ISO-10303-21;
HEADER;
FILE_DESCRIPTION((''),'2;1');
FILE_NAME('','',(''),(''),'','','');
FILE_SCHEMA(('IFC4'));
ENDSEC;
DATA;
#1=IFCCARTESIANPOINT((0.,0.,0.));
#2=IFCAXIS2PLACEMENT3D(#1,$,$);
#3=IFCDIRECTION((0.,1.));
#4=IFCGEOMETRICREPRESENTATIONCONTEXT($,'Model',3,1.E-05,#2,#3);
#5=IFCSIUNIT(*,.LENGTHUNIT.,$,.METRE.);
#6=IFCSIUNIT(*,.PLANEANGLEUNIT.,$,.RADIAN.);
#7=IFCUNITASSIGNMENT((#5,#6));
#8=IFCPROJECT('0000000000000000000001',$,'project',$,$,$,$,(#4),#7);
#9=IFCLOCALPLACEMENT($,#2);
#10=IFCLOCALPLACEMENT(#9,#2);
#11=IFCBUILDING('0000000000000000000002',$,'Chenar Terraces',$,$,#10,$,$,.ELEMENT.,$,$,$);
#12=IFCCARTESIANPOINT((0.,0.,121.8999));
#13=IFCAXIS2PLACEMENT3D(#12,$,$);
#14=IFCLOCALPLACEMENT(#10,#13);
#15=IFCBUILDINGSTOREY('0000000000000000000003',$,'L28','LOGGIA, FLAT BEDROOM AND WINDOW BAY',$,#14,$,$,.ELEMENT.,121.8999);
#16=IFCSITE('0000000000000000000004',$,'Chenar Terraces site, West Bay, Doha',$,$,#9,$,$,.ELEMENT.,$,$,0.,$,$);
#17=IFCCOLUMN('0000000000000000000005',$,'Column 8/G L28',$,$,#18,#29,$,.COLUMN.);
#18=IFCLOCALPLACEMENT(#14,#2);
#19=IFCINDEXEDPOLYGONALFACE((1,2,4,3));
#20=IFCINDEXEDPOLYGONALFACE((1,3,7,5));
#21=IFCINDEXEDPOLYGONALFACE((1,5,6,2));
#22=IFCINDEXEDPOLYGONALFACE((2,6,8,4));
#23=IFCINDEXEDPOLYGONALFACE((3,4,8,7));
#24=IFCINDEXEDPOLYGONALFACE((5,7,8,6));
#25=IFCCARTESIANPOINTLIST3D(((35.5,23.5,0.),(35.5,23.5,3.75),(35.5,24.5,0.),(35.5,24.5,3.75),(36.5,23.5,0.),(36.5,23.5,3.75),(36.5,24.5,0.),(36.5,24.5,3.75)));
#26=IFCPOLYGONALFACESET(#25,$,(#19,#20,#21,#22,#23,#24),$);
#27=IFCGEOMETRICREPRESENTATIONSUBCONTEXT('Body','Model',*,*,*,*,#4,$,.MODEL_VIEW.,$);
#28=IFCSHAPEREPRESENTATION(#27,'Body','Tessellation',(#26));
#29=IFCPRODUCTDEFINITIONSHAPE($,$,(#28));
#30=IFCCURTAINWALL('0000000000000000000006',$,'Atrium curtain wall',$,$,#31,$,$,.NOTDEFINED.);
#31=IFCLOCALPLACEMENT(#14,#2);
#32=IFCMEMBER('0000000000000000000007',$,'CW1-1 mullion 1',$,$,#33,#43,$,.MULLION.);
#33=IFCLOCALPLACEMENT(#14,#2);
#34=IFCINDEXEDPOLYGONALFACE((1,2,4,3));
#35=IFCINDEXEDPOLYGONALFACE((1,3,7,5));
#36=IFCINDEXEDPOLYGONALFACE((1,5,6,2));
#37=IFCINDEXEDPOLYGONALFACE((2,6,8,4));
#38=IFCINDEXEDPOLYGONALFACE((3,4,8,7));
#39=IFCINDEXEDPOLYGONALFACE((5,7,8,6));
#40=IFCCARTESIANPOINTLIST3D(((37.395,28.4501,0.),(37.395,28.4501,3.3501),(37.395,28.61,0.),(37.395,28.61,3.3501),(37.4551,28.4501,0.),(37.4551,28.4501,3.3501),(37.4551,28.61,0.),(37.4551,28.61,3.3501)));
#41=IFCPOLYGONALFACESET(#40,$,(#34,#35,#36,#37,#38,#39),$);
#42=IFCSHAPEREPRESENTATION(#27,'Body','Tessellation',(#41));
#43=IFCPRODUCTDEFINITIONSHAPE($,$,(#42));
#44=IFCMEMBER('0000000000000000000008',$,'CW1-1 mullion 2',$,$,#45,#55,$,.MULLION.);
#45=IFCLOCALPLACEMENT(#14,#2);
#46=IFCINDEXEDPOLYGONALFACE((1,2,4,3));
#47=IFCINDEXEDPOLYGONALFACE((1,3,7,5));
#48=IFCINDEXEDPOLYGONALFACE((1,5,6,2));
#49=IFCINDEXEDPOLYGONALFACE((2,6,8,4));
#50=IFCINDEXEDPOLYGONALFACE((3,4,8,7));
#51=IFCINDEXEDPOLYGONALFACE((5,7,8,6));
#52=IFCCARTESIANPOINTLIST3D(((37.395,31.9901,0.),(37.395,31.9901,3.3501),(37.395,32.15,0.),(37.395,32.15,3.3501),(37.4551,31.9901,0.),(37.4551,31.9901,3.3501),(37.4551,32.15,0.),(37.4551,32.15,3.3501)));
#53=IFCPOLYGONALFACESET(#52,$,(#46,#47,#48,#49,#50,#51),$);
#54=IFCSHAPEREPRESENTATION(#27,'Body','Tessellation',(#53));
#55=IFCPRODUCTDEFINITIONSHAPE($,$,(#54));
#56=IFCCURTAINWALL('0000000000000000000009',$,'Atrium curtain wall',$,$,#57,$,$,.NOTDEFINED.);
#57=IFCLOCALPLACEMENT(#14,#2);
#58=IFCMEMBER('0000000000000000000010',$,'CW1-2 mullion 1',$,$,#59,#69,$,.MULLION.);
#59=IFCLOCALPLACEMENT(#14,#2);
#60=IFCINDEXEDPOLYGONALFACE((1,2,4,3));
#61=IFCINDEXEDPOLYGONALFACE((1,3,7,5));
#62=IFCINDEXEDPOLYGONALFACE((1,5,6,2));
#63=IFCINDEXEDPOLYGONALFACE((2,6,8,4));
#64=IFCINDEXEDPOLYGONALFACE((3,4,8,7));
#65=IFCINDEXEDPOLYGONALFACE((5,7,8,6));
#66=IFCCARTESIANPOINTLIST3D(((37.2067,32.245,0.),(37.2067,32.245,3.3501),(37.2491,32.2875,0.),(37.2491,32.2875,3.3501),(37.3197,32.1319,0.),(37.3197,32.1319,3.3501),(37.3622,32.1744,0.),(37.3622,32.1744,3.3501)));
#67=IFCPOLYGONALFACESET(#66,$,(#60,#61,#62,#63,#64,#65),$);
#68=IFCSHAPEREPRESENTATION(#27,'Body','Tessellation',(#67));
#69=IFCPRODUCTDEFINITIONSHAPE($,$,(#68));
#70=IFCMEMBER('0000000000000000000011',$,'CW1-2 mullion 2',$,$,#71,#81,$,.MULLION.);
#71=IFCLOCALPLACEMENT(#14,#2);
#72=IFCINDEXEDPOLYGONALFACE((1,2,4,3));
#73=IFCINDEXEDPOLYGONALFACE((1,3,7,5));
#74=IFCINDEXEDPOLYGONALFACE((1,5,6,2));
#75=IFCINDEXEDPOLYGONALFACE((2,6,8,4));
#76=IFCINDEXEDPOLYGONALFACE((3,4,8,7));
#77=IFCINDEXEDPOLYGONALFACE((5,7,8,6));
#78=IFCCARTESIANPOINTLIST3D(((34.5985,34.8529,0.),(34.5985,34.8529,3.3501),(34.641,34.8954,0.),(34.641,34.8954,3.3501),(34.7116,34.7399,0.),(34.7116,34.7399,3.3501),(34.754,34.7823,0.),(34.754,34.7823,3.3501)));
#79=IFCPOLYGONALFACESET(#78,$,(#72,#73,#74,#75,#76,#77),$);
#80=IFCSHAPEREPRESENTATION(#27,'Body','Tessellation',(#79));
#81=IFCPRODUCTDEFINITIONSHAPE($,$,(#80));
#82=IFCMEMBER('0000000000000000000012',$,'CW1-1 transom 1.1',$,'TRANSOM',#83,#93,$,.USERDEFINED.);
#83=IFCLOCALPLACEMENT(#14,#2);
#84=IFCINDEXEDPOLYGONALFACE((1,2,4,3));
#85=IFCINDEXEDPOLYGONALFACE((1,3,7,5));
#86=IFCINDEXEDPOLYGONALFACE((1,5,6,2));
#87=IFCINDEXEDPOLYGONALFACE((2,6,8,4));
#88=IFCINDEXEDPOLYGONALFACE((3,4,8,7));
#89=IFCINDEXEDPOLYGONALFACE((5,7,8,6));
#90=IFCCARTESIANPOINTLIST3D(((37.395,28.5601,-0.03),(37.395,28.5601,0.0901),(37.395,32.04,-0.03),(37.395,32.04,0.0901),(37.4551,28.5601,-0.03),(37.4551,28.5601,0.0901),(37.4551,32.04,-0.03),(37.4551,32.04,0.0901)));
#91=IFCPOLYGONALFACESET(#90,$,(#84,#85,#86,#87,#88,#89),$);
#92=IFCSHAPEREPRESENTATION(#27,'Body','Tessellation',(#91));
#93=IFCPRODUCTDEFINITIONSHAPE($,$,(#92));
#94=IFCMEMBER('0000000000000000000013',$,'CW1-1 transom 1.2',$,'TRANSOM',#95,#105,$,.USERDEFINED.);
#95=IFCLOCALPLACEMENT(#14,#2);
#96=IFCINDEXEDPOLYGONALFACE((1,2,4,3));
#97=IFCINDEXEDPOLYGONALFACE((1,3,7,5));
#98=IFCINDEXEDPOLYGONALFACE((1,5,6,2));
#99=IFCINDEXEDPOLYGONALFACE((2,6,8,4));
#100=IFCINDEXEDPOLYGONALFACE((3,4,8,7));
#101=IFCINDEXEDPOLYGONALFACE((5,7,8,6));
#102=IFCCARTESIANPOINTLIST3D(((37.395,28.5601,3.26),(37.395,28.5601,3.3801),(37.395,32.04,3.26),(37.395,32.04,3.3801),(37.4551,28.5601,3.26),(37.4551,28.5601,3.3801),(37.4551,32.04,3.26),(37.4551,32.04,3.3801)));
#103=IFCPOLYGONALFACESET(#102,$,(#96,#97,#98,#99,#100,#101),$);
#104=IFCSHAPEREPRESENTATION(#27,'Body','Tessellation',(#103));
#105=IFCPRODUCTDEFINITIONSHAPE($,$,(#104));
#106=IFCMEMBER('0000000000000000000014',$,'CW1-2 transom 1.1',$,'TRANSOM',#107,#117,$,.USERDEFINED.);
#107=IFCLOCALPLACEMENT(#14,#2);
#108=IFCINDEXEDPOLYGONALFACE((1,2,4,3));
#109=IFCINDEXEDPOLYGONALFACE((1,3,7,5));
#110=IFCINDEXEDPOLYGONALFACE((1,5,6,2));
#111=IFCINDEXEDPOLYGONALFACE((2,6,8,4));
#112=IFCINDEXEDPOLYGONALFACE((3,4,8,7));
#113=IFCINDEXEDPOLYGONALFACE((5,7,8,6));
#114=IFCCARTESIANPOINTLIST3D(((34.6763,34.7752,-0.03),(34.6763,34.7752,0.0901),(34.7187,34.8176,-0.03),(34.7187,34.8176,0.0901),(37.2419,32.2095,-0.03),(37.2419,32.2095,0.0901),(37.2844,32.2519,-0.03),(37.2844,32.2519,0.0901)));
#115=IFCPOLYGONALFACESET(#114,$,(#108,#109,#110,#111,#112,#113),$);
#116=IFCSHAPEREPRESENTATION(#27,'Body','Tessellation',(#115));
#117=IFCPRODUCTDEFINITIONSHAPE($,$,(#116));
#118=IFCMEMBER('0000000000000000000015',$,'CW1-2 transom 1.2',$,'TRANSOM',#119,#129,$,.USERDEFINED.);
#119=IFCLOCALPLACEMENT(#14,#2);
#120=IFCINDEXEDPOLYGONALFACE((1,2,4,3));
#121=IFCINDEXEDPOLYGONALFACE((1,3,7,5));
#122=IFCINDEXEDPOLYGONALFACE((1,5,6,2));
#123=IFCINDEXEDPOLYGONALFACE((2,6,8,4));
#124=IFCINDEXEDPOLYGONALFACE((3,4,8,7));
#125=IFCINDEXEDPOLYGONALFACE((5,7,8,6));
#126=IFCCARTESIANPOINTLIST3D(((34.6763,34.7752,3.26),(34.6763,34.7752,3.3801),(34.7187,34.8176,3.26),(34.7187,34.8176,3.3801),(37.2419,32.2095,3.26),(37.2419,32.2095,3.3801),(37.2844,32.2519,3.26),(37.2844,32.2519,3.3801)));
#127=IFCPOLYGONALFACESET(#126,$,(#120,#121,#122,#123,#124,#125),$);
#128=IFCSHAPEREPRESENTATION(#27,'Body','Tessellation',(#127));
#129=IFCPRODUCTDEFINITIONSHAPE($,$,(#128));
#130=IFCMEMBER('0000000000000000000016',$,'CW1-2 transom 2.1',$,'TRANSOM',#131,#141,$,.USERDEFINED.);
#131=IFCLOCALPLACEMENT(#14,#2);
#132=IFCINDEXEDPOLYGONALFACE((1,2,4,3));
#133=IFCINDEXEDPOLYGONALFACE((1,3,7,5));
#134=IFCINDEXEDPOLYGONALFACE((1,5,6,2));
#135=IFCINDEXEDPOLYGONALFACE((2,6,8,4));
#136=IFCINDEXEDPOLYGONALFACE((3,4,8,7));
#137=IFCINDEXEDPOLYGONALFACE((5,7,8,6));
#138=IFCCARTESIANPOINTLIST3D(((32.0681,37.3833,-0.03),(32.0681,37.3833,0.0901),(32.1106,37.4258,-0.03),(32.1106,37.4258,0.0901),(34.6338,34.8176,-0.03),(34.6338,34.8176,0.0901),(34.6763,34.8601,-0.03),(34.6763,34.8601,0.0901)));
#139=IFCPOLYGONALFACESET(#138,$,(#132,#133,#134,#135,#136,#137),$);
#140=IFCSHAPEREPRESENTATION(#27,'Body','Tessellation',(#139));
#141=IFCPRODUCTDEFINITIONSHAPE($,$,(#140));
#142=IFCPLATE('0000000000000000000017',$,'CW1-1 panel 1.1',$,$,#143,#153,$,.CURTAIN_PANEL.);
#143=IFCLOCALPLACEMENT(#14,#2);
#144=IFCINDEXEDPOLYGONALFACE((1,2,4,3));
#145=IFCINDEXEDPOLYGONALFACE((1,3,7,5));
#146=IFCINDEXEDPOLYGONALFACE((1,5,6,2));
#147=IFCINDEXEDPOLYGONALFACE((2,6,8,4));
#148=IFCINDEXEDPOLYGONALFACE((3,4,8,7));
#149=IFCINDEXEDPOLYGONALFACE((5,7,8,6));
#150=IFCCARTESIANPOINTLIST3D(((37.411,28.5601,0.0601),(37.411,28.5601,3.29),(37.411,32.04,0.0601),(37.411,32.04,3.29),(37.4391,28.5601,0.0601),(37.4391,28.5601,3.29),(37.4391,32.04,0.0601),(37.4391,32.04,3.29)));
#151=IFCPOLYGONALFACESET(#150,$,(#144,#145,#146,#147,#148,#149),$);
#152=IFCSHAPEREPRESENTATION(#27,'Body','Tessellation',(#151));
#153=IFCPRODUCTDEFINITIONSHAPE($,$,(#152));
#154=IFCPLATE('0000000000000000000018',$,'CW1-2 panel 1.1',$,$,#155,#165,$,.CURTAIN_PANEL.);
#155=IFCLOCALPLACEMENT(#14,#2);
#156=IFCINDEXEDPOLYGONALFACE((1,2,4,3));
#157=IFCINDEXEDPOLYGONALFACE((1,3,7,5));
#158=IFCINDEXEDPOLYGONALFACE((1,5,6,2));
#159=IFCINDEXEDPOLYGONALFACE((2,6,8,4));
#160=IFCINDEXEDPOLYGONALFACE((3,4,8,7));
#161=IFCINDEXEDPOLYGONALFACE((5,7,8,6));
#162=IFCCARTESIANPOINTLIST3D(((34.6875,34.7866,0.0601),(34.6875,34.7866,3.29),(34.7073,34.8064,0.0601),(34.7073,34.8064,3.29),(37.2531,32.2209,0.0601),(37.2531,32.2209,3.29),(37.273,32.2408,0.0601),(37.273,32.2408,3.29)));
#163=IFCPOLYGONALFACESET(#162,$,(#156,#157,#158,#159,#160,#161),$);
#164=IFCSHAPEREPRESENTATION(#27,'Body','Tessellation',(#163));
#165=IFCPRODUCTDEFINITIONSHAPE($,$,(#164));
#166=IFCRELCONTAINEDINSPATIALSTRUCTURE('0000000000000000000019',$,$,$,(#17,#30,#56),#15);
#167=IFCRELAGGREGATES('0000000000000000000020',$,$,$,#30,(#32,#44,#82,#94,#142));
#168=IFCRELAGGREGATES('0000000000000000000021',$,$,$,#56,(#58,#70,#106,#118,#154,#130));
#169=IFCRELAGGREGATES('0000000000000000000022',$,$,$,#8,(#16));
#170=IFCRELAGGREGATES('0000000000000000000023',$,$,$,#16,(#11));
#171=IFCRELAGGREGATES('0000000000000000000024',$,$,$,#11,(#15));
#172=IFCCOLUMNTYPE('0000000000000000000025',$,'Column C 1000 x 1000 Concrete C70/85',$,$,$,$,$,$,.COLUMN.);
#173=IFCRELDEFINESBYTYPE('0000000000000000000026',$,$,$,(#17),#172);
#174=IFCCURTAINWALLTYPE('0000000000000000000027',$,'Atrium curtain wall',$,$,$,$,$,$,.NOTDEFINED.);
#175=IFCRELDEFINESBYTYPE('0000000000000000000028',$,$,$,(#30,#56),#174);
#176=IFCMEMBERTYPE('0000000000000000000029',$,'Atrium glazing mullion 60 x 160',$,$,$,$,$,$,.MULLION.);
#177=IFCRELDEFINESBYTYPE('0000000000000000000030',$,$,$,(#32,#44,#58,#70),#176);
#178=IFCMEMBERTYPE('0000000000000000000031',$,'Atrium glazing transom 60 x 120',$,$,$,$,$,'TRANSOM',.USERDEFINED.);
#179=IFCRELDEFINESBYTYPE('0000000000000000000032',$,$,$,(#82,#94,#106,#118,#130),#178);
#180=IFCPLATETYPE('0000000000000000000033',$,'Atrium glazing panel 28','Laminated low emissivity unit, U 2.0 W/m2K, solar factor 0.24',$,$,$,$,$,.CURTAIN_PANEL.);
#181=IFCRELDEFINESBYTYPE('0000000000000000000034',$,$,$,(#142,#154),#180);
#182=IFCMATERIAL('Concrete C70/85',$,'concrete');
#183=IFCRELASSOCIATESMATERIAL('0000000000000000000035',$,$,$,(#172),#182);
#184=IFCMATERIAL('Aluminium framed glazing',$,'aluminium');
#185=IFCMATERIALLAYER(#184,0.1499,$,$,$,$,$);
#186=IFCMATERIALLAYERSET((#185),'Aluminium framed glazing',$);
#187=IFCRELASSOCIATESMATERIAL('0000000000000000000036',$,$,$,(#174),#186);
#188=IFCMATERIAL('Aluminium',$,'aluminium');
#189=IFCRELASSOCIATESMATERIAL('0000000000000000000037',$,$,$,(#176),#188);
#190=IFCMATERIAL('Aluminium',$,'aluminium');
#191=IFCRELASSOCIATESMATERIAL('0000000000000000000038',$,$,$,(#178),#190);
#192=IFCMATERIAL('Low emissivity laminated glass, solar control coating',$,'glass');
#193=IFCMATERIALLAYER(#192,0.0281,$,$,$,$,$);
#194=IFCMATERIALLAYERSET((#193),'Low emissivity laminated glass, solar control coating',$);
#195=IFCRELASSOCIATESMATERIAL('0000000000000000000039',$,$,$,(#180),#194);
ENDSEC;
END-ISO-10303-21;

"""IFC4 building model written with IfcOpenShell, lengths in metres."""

from ifc_helpers import new_model, si_unit, direction, frame, origin, origin_2d, place, context, subcontext, project, spatial, rectangle, extrude, material, layer, layer_set, material_profile, profile_set, type_object, element, aggregate, save


model = new_model("IFC4")

# Units and contexts
model_context = context("Model", 3, precision=1e-05, world=origin(), true_north=direction((0.0, 1.0)))
body_context = subcontext(model_context, "Body", "Model", "MODEL_VIEW")
ifc_project = project(units=[si_unit("LENGTHUNIT", "METRE"), si_unit("PLANEANGLEUNIT", "RADIAN")], contexts=[model_context])

# Site, building, storey
site_placement = place(None, origin())
site = spatial("IfcSite", under=ifc_project, at=site_placement, Name="Chenar Terraces site, West Bay, Doha", CompositionType="ELEMENT", RefElevation=0.0)
building_placement = place(site_placement, origin())
building = spatial("IfcBuilding", under=site, at=building_placement, Name="Chenar Terraces", CompositionType="ELEMENT")
storey_placement = place(building_placement, frame((0.0, 0.0, 121.8999)))
storey = spatial("IfcBuildingStorey", under=building, at=storey_placement, Name="L28", Description="LOGGIA, FLAT BEDROOM AND WINDOW BAY", CompositionType="ELEMENT", Elevation=121.8999)

# Column
ifc_material_1 = material(Name="Concrete C70/85", Category="concrete")
ifc_material_profile_1 = material_profile(ifc_material_1, rectangle(XDim=1.0, YDim=1.0, at=origin_2d()), Name="C 1000 x 1000")
ifc_profile_set_1 = profile_set([ifc_material_profile_1], Name="Concrete C70/85")
column_type = type_object("IfcColumnType", Name="Column C 1000 x 1000 Concrete C70/85", PredefinedType="COLUMN", material=ifc_profile_set_1)
column_placement = place(storey_placement, frame((36.0, 24.0, 0.0), z_axis=(0.0, 0.0, 1.0), x_axis=(1.0, 0.0, 0.0)))
element("IfcColumn", 1, at=column_placement, inside=storey, type_object=column_type, Name="Column 8/G L28", PredefinedType="COLUMN", context=body_context, shape_type="SweptSolid", body=[
    extrude(rectangle(XDim=1.0, YDim=1.0, at=origin_2d()), origin(), (0.0, 0.0, 1.0), 3.75),
])

# Curtain walls, members
ifc_material_2 = material(Name="Aluminium framed glazing", Category="aluminium")
ifc_layer_1 = layer(ifc_material_2, 0.1499)
ifc_layer_set_1 = layer_set([ifc_layer_1], Name="Aluminium framed glazing")
curtain_wall_type = type_object("IfcCurtainWallType", Name="Atrium curtain wall", PredefinedType="NOTDEFINED", material=ifc_layer_set_1)
placement = place(storey_placement, origin())
curtain_wall_1 = element("IfcCurtainWall", 2, at=placement, inside=storey, type_object=curtain_wall_type, Name="Atrium curtain wall", PredefinedType="NOTDEFINED")
ifc_material_3 = material(Name="Aluminium", Category="aluminium")
ifc_material_profile_2 = material_profile(ifc_material_3, rectangle(XDim=0.0601, YDim=0.1599, at=origin_2d()), Name="Atrium glazing mullion 60 x 160")
ifc_profile_set_2 = profile_set([ifc_material_profile_2], Name="Aluminium")
member_type_1 = type_object("IfcMemberType", Name="Atrium glazing mullion 60 x 160", PredefinedType="MULLION", material=ifc_profile_set_2)
member_1_placement = place(storey_placement, frame((37.425, 28.53, 0.0), z_axis=(0.0, 0.0, 1.0), x_axis=(-1.0, 0.0, 0.0)))
member_1 = element("IfcMember", 3, at=member_1_placement, type_object=member_type_1, Name="CW1-1 mullion 1", PredefinedType="MULLION", context=body_context, shape_type="SweptSolid", body=[
    extrude(rectangle(XDim=0.0601, YDim=0.1599, at=origin_2d()), origin(), (0.0, 0.0, 1.0), 3.3501),
])
member_2_placement = place(storey_placement, frame((37.425, 32.0701, 0.0), z_axis=(0.0, 0.0, 1.0), x_axis=(-1.0, 0.0, 0.0)))
member_2 = element("IfcMember", 4, at=member_2_placement, type_object=member_type_1, Name="CW1-1 mullion 2", PredefinedType="MULLION", context=body_context, shape_type="SweptSolid", body=[
    extrude(rectangle(XDim=0.0601, YDim=0.1599, at=origin_2d()), origin(), (0.0, 0.0, 1.0), 3.3501),
])
curtain_wall_2 = element("IfcCurtainWall", 5, at=placement, inside=storey, type_object=curtain_wall_type, Name="Atrium curtain wall", PredefinedType="NOTDEFINED")
member_3_placement = place(storey_placement, frame((37.2844, 32.2097, 0.0), z_axis=(0.0, 0.0, 1.0), x_axis=(-0.707107, -0.707107, 0.0)))
member_3 = element("IfcMember", 6, at=member_3_placement, type_object=member_type_1, Name="CW1-2 mullion 1", PredefinedType="MULLION", context=body_context, shape_type="SweptSolid", body=[
    extrude(rectangle(XDim=0.0601, YDim=0.1599, at=origin_2d()), origin(), (0.0, 0.0, 1.0), 3.3501),
])
member_4_placement = place(storey_placement, frame((34.6763, 34.8176, 0.0), z_axis=(0.0, 0.0, 1.0), x_axis=(-0.707107, -0.707107, 0.0)))
member_4 = element("IfcMember", 7, at=member_4_placement, type_object=member_type_1, Name="CW1-2 mullion 2", PredefinedType="MULLION", context=body_context, shape_type="SweptSolid", body=[
    extrude(rectangle(XDim=0.0601, YDim=0.1599, at=origin_2d()), origin(), (0.0, 0.0, 1.0), 3.3501),
])

# Members
ifc_material_4 = material(Name="Aluminium", Category="aluminium")
ifc_material_profile_3 = material_profile(ifc_material_4, rectangle(XDim=0.0601, YDim=0.1201, at=origin_2d()), Name="Atrium glazing transom 60 x 120")
ifc_profile_set_3 = profile_set([ifc_material_profile_3], Name="Aluminium")
member_type_2 = type_object("IfcMemberType", Name="Atrium glazing transom 60 x 120", ElementType="TRANSOM", PredefinedType="USERDEFINED", material=ifc_profile_set_3)
member_5_placement = place(storey_placement, frame((37.425, 28.5601, 0.03), z_axis=(0.0, 1.0, 0.0), x_axis=(-1.0, 0.0, 0.0)))
member_5 = element("IfcMember", 8, at=member_5_placement, type_object=member_type_2, Name="CW1-1 transom 1.1", ObjectType="TRANSOM", PredefinedType="USERDEFINED", context=body_context, shape_type="SweptSolid", body=[
    extrude(rectangle(XDim=0.0601, YDim=0.1201, at=origin_2d()), origin(), (0.0, 0.0, 1.0), 3.48),
])
member_6_placement = place(storey_placement, frame((37.425, 28.5601, 3.3201), z_axis=(0.0, 1.0, 0.0), x_axis=(-1.0, 0.0, 0.0)))
member_6 = element("IfcMember", 9, at=member_6_placement, type_object=member_type_2, Name="CW1-1 transom 1.2", ObjectType="TRANSOM", PredefinedType="USERDEFINED", context=body_context, shape_type="SweptSolid", body=[
    extrude(rectangle(XDim=0.0601, YDim=0.1201, at=origin_2d()), origin(), (0.0, 0.0, 1.0), 3.48),
])
member_7_placement = place(storey_placement, frame((37.2632, 32.2307, 0.03), z_axis=(-0.707107, 0.707107, 0.0), x_axis=(-0.707107, -0.707107, 0.0)))
member_7 = element("IfcMember", 10, at=member_7_placement, type_object=member_type_2, Name="CW1-2 transom 1.1", ObjectType="TRANSOM", PredefinedType="USERDEFINED", context=body_context, shape_type="SweptSolid", body=[
    extrude(rectangle(XDim=0.0601, YDim=0.1201, at=origin_2d()), origin(), (0.0, 0.0, 1.0), 3.6284),
])
member_8_placement = place(storey_placement, frame((37.2632, 32.2307, 3.3201), z_axis=(-0.707107, 0.707107, 0.0), x_axis=(-0.707107, -0.707107, 0.0)))
member_8 = element("IfcMember", 11, at=member_8_placement, type_object=member_type_2, Name="CW1-2 transom 1.2", ObjectType="TRANSOM", PredefinedType="USERDEFINED", context=body_context, shape_type="SweptSolid", body=[
    extrude(rectangle(XDim=0.0601, YDim=0.1201, at=origin_2d()), origin(), (0.0, 0.0, 1.0), 3.6284),
])
member_9_placement = place(storey_placement, frame((34.655, 34.8389, 0.03), z_axis=(-0.707107, 0.707107, 0.0), x_axis=(-0.707107, -0.707107, 0.0)))
member_9 = element("IfcMember", 12, at=member_9_placement, type_object=member_type_2, Name="CW1-2 transom 2.1", ObjectType="TRANSOM", PredefinedType="USERDEFINED", context=body_context, shape_type="SweptSolid", body=[
    extrude(rectangle(XDim=0.0601, YDim=0.1201, at=origin_2d()), origin(), (0.0, 0.0, 1.0), 3.6284),
])

# Plates
ifc_material_5 = material(Name="Low emissivity laminated glass, solar control coating", Category="glass")
ifc_layer_2 = layer(ifc_material_5, 0.0281)
ifc_layer_set_2 = layer_set([ifc_layer_2], Name="Low emissivity laminated glass, solar control coating")
plate_type = type_object("IfcPlateType", Name="Atrium glazing panel 28", Description="Laminated low emissivity unit, U 2.0 W/m2K, solar factor 0.24", PredefinedType="CURTAIN_PANEL", material=ifc_layer_set_2)
plate_1_placement = place(storey_placement, frame((37.425, 30.3, 0.0601), z_axis=(0.0, 0.0, 1.0), x_axis=(0.0, 1.0, 0.0)))
plate_1 = element("IfcPlate", 13, at=plate_1_placement, type_object=plate_type, Name="CW1-1 panel 1.1", PredefinedType="CURTAIN_PANEL", context=body_context, shape_type="SweptSolid", body=[
    extrude(rectangle(XDim=3.48, YDim=0.0281, at=origin_2d()), origin(), (0.0, 0.0, 1.0), 3.23),
])
aggregate(curtain_wall_1, [member_1, member_2, member_5, member_6, plate_1])
plate_2_placement = place(storey_placement, frame((35.9802, 33.5137, 0.0601), z_axis=(0.0, 0.0, 1.0), x_axis=(-0.707107, 0.707107, 0.0)))
plate_2 = element("IfcPlate", 14, at=plate_2_placement, type_object=plate_type, Name="CW1-2 panel 1.1", PredefinedType="CURTAIN_PANEL", context=body_context, shape_type="SweptSolid", body=[
    extrude(rectangle(XDim=3.6284, YDim=0.0281, at=origin_2d()), origin(), (0.0, 0.0, 1.0), 3.23),
])
aggregate(curtain_wall_2, [member_3, member_4, member_7, member_8, plate_2, member_9])

save(model, "model.ifc")
